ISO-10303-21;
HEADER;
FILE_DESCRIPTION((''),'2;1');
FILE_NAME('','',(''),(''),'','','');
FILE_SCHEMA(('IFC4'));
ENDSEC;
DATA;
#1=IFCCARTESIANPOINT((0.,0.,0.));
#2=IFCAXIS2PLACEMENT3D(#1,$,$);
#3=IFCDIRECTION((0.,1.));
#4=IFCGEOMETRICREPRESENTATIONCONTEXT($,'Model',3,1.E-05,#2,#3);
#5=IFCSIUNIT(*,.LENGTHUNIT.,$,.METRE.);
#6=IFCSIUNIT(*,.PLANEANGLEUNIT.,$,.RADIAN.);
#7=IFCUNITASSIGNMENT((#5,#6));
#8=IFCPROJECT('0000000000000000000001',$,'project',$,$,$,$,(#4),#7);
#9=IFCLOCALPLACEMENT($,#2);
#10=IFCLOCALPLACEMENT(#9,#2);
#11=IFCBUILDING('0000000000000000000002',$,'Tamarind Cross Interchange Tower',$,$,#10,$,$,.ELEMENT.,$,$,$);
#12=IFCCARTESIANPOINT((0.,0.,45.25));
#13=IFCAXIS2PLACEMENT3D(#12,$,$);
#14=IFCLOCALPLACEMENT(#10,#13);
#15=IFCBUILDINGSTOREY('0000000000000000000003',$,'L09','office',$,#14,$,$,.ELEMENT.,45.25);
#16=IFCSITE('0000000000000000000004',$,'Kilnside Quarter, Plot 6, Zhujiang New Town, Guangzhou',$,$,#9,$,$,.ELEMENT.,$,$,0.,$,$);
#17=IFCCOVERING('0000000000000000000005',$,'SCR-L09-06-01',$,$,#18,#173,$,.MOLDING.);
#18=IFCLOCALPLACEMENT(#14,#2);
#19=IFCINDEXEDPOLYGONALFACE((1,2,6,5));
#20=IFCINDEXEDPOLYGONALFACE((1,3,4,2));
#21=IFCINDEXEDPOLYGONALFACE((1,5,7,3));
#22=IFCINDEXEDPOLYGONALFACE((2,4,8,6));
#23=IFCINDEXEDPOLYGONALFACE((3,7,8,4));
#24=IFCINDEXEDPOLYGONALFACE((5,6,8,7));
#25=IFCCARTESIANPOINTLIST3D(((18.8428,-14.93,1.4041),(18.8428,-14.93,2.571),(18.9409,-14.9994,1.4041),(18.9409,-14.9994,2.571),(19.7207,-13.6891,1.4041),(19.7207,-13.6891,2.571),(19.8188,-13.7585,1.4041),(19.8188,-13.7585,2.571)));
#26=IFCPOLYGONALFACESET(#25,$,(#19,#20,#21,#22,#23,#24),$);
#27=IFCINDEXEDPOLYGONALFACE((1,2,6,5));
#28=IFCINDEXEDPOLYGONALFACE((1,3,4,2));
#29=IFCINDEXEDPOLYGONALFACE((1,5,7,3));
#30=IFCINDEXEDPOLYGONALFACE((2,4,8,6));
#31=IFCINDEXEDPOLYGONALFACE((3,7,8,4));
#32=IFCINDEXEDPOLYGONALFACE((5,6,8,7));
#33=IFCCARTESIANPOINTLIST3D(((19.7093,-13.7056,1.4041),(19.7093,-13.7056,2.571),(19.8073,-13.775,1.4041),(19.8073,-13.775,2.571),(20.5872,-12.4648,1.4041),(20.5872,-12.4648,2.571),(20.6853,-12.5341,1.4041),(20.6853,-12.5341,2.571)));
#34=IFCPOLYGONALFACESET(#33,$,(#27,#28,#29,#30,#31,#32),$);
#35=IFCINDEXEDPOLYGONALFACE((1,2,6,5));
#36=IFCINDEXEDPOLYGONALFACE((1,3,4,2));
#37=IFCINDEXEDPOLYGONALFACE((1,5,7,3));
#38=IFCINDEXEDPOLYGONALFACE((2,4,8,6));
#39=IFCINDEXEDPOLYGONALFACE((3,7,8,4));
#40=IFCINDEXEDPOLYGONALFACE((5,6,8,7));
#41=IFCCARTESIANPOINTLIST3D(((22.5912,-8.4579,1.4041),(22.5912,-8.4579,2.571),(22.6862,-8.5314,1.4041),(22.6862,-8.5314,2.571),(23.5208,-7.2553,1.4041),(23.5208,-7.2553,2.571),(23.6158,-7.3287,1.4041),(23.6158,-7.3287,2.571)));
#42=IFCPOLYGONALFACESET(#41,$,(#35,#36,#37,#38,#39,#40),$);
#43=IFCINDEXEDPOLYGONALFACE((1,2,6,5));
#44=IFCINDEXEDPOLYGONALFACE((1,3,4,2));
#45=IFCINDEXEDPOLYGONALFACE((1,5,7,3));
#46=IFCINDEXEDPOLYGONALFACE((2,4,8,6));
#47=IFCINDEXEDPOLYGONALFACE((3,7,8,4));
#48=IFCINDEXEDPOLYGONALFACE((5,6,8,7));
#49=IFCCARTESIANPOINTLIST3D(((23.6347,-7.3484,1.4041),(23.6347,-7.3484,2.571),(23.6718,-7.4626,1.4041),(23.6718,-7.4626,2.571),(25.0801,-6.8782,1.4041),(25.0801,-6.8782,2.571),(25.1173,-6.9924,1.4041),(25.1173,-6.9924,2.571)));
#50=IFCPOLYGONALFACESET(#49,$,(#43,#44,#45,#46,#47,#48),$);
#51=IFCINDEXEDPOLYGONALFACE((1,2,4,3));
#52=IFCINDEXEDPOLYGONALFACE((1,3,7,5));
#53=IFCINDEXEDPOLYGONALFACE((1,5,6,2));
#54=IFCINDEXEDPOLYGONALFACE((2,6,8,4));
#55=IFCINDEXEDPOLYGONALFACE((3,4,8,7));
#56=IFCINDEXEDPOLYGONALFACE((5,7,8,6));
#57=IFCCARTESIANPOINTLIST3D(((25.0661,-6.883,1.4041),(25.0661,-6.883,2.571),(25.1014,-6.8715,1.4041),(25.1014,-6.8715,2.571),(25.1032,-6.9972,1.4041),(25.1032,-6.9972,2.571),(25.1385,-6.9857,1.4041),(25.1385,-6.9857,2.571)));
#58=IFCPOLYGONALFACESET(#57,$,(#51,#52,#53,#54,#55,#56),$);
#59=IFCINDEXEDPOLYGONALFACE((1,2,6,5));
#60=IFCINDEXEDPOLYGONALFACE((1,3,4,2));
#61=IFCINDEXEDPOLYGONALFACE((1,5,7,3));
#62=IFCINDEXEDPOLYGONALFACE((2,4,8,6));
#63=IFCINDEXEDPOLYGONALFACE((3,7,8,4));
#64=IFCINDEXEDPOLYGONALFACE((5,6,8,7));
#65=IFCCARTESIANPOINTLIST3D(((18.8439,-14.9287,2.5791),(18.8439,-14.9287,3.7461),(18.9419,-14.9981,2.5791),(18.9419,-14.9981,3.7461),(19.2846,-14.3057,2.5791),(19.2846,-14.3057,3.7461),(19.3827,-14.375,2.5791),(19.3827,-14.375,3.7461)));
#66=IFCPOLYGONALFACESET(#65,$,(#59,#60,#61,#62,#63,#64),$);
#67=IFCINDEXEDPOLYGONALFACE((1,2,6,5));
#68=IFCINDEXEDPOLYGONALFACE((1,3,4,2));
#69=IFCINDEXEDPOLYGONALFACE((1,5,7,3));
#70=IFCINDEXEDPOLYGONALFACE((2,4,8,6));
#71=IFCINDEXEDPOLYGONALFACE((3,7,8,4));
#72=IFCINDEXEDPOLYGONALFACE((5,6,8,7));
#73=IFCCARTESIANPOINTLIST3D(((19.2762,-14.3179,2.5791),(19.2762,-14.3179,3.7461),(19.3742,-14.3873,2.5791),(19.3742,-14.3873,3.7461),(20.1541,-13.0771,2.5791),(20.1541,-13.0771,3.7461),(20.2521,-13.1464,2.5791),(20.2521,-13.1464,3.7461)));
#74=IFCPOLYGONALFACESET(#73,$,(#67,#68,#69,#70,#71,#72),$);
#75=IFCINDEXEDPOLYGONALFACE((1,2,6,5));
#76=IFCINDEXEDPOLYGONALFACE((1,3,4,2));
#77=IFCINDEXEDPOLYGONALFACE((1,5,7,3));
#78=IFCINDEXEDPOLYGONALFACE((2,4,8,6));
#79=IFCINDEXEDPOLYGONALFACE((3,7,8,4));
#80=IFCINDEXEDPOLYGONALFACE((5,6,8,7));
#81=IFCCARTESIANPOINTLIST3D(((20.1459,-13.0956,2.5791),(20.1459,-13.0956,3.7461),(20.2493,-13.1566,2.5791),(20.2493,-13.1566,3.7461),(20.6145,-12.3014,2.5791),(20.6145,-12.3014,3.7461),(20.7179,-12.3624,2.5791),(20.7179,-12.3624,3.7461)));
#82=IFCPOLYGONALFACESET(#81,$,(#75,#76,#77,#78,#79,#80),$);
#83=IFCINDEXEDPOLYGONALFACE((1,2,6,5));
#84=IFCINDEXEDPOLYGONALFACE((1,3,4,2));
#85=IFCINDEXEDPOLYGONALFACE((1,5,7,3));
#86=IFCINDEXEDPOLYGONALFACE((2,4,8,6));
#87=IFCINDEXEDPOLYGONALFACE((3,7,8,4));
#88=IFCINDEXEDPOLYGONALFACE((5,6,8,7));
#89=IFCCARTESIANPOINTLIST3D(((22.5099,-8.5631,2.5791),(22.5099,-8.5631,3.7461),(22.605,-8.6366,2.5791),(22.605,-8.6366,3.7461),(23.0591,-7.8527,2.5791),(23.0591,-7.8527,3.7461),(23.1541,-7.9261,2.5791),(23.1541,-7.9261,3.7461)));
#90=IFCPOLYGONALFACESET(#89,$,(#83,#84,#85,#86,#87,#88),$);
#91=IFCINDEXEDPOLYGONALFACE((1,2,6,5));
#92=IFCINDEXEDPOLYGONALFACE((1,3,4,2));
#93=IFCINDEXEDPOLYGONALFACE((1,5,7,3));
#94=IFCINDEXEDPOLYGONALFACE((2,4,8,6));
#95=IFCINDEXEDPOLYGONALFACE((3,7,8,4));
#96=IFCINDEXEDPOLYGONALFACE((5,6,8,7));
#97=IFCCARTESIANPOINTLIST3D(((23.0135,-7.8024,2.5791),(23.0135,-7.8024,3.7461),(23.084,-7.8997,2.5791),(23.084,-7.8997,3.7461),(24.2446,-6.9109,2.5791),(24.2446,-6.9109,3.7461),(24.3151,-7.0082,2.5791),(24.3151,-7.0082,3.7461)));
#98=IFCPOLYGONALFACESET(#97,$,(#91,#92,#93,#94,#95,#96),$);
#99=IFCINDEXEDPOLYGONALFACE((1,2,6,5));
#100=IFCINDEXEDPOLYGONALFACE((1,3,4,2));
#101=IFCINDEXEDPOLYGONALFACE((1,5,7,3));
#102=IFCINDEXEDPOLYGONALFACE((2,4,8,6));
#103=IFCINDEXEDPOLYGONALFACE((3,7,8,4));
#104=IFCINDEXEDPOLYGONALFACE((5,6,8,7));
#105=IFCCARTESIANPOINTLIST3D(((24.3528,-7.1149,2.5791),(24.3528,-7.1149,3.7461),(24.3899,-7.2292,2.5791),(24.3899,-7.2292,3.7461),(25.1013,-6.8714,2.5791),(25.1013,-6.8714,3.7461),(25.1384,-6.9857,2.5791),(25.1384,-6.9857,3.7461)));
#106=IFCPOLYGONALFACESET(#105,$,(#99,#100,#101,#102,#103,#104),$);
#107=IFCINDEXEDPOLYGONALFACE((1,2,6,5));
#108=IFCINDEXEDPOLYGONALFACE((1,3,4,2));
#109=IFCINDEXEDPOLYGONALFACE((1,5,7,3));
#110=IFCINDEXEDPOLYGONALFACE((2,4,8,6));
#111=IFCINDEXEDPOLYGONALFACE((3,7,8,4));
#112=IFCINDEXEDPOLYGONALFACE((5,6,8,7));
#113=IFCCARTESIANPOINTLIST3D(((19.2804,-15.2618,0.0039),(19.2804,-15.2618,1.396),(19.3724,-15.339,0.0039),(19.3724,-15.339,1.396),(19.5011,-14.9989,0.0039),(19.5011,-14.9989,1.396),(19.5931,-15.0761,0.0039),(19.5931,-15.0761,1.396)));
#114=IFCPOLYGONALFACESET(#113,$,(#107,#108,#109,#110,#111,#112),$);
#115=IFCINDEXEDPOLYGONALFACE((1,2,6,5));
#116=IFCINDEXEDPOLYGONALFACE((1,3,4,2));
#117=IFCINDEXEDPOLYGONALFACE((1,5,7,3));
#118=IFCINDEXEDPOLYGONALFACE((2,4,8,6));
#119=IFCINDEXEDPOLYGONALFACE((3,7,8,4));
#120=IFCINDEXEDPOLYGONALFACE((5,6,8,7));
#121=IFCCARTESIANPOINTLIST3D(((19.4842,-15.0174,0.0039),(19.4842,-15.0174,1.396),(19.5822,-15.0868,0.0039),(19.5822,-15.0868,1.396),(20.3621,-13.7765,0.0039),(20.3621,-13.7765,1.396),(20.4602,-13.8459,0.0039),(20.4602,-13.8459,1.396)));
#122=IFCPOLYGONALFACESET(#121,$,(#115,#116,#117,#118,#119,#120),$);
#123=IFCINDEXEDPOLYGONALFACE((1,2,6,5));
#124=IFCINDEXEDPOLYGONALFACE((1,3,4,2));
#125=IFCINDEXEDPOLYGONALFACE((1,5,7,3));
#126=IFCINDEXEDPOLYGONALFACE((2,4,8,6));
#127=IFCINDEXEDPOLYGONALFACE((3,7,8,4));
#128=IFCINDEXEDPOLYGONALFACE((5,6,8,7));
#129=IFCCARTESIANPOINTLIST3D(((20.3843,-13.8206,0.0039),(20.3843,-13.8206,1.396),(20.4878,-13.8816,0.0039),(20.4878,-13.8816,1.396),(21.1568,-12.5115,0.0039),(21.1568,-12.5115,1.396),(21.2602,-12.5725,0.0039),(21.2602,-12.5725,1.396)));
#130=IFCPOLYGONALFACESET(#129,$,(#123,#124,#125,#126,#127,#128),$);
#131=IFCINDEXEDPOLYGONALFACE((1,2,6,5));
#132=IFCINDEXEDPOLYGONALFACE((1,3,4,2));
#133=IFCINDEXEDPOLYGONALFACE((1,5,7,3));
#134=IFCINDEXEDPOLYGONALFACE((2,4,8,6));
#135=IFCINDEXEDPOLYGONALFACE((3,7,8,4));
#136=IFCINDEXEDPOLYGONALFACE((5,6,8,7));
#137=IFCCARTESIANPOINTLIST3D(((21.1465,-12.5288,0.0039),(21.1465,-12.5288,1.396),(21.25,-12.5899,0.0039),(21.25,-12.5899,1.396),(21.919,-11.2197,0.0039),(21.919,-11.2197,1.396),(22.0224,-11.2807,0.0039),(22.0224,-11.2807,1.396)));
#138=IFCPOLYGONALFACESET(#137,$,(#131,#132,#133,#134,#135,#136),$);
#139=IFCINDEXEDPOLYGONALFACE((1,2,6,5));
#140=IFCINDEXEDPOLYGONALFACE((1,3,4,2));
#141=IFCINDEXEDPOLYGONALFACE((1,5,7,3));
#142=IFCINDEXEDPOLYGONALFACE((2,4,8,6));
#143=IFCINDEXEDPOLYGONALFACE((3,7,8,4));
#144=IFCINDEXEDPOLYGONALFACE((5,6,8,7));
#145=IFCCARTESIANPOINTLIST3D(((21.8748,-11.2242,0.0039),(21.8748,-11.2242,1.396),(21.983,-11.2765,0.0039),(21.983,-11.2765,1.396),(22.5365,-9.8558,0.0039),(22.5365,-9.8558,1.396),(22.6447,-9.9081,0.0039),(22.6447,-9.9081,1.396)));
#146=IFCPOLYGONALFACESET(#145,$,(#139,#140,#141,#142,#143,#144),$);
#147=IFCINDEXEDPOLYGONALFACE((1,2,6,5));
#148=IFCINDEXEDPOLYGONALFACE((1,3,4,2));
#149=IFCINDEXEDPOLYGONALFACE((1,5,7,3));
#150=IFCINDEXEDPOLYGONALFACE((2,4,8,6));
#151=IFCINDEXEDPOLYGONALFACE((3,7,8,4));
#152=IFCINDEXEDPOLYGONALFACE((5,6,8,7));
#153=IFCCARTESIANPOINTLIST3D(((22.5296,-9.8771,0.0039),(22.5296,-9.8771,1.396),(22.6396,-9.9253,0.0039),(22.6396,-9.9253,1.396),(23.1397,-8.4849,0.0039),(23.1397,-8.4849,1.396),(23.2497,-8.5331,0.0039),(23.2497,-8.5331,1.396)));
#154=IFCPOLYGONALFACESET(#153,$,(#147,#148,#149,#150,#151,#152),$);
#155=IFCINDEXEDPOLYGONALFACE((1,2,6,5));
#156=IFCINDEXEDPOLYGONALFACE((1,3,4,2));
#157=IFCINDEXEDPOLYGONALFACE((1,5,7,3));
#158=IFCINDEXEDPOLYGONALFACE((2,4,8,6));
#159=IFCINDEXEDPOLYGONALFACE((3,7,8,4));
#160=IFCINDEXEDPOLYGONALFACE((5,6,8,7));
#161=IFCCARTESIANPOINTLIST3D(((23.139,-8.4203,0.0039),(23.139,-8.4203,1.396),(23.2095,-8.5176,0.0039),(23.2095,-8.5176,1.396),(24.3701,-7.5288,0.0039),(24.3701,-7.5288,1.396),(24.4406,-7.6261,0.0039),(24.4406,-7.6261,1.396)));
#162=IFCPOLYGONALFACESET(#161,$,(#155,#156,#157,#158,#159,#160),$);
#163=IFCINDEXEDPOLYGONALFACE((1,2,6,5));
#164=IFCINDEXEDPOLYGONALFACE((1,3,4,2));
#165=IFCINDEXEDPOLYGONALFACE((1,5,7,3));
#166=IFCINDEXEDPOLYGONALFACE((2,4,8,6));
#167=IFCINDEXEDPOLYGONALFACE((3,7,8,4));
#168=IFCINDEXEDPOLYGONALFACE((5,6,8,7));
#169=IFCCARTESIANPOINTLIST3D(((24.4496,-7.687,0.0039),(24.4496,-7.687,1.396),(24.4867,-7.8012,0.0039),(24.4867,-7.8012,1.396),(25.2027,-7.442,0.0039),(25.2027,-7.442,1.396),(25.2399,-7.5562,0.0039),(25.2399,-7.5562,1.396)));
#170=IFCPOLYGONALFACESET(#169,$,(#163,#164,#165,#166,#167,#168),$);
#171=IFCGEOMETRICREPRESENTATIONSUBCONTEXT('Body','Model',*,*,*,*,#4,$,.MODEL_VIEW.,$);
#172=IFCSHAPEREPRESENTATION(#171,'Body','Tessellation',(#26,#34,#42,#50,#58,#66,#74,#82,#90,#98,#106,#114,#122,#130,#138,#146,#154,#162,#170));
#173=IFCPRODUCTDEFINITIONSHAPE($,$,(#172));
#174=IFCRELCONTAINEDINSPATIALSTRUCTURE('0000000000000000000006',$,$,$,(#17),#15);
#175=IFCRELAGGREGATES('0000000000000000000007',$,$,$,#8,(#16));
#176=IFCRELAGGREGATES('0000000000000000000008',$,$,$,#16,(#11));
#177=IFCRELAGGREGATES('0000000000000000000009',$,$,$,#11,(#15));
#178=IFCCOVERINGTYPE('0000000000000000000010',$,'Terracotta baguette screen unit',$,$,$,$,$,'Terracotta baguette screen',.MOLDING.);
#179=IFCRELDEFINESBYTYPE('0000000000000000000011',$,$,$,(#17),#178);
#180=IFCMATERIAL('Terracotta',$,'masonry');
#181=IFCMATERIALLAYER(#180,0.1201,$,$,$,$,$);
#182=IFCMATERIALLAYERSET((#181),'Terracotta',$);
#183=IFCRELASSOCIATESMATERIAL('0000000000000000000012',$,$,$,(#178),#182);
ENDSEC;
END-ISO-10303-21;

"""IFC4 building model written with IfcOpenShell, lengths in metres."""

from ifc_helpers import new_model, si_unit, direction, frame, origin, origin_2d, place, context, subcontext, project, spatial, rectangle, extrude, material, layer, layer_set, type_object, element, save


model = new_model("IFC4")

# Units and contexts
model_context = context("Model", 3, precision=1e-05, world=origin(), true_north=direction((0.0, 1.0)))
body_context = subcontext(model_context, "Body", "Model", "MODEL_VIEW")
ifc_project = project(units=[si_unit("LENGTHUNIT", "METRE"), si_unit("PLANEANGLEUNIT", "RADIAN")], contexts=[model_context])

# Site, building, storey
site_placement = place(None, origin())
site = spatial("IfcSite", under=ifc_project, at=site_placement, Name="Kilnside Quarter, Plot 6, Zhujiang New Town, Guangzhou", CompositionType="ELEMENT", RefElevation=0.0)
building_placement = place(site_placement, origin())
building = spatial("IfcBuilding", under=site, at=building_placement, Name="Tamarind Cross Interchange Tower", CompositionType="ELEMENT")
storey_placement = place(building_placement, frame((0.0, 0.0, 45.25)))
storey = spatial("IfcBuildingStorey", under=building, at=storey_placement, Name="L09", Description="office", CompositionType="ELEMENT", Elevation=45.25)

# Covering
ifc_material_1 = material(Name="Terracotta", Category="masonry")
ifc_layer_1 = layer(ifc_material_1, 0.1201)
ifc_layer_set_1 = layer_set([ifc_layer_1], Name="Terracotta")
covering_type = type_object("IfcCoveringType", Name="Terracotta baguette screen unit", ElementType="Terracotta baguette screen", PredefinedType="MOLDING", material=ifc_layer_set_1)
covering_1_placement = place(storey_placement, origin())
element("IfcCovering", 1, at=covering_1_placement, inside=storey, type_object=covering_type, Name="SCR-L09-06-01", PredefinedType="MOLDING", context=body_context, shape_type="SweptSolid", body=[
    extrude(rectangle(XDim=1.52, YDim=0.1201, at=origin_2d()), frame((19.3308, -14.3442, 1.4041), z_axis=(0.0, 0.0, 1.0), x_axis=(0.577569, 0.816342, 0.0)), (0.0, 0.0, 1.0), 1.167),
    extrude(rectangle(XDim=1.52, YDim=0.1201, at=origin_2d()), frame((20.1973, -13.1199, 1.4041), z_axis=(0.0, 0.0, 1.0), x_axis=(0.577569, 0.816342, 0.0)), (0.0, 0.0, 1.0), 1.167),
    extrude(rectangle(XDim=1.52, YDim=0.1201, at=origin_2d()), frame((23.1035, -7.8933, 1.4041), z_axis=(0.0, 0.0, 1.0), x_axis=(0.611572, 0.791189, 0.0)), (0.0, 0.0, 1.0), 1.167),
    extrude(rectangle(XDim=1.52, YDim=0.1201, at=origin_2d()), frame((24.376, -7.1704, 1.4041), z_axis=(0.0, 0.0, 1.0), x_axis=(0.950945, 0.309361, 0.0)), (0.0, 0.0, 1.0), 1.167),
    extrude(rectangle(XDim=0.0371, YDim=0.1201, at=origin_2d()), frame((25.1023, -6.9343, 1.4041), z_axis=(0.0, 0.0, 1.0), x_axis=(0.950945, 0.309361, 0.0)), (0.0, 0.0, 1.0), 1.167),
    extrude(rectangle(XDim=0.7632, YDim=0.1201, at=origin_2d()), frame((19.1133, -14.6519, 2.5791), z_axis=(0.0, 0.0, 1.0), x_axis=(0.577569, 0.816342, 0.0)), (0.0, 0.0, 1.0), 1.167),
    extrude(rectangle(XDim=1.52, YDim=0.1201, at=origin_2d()), frame((19.7642, -13.7322, 2.5791), z_axis=(0.0, 0.0, 1.0), x_axis=(0.577569, 0.816342, 0.0)), (0.0, 0.0, 1.0), 1.167),
    extrude(rectangle(XDim=0.9221, YDim=0.1201, at=origin_2d()), frame((20.4319, -12.729, 2.5791), z_axis=(0.0, 0.0, 1.0), x_axis=(0.508183, 0.861249, 0.0)), (0.0, 0.0, 1.0), 1.167),
    extrude(rectangle(XDim=0.8979, YDim=0.1201, at=origin_2d()), frame((22.832, -8.2446, 2.5791), z_axis=(0.0, 0.0, 1.0), x_axis=(0.611572, 0.791189, 0.0)), (0.0, 0.0, 1.0), 1.167),
    extrude(rectangle(XDim=1.52, YDim=0.1201, at=origin_2d()), frame((23.6643, -7.4053, 2.5791), z_axis=(0.0, 0.0, 1.0), x_axis=(0.809946, 0.586504, 0.0)), (0.0, 0.0, 1.0), 1.167),
    extrude(rectangle(XDim=0.7871, YDim=0.1201, at=origin_2d()), frame((24.7456, -7.0503, 2.5791), z_axis=(0.0, 0.0, 1.0), x_axis=(0.950945, 0.309361, 0.0)), (0.0, 0.0, 1.0), 1.167),
    extrude(rectangle(XDim=0.3433, YDim=0.1201, at=origin_2d()), frame((19.4368, -15.1689, 0.0039), z_axis=(0.0, 0.0, 1.0), x_axis=(0.643009, 0.765858, 0.0)), (0.0, 0.0, 1.0), 1.3921),
    extrude(rectangle(XDim=1.52, YDim=0.1201, at=origin_2d()), frame((19.9722, -14.4316, 0.0039), z_axis=(0.0, 0.0, 1.0), x_axis=(0.577569, 0.816342, 0.0)), (0.0, 0.0, 1.0), 1.3921),
    extrude(rectangle(XDim=1.52, YDim=0.1201, at=origin_2d()), frame((20.8223, -13.1965, 0.0039), z_axis=(0.0, 0.0, 1.0), x_axis=(0.508183, 0.861249, 0.0)), (0.0, 0.0, 1.0), 1.3921),
    extrude(rectangle(XDim=1.52, YDim=0.1201, at=origin_2d()), frame((21.5845, -11.9048, 0.0039), z_axis=(0.0, 0.0, 1.0), x_axis=(0.508183, 0.861249, 0.0)), (0.0, 0.0, 1.0), 1.3921),
    extrude(rectangle(XDim=1.52, YDim=0.1201, at=origin_2d()), frame((22.2598, -10.5662, 0.0039), z_axis=(0.0, 0.0, 1.0), x_axis=(0.435326, 0.900273, 0.0)), (0.0, 0.0, 1.0), 1.3921),
    extrude(rectangle(XDim=1.52, YDim=0.1201, at=origin_2d()), frame((22.8896, -9.2051, 0.0039), z_axis=(0.0, 0.0, 1.0), x_axis=(0.401346, 0.915926, 0.0)), (0.0, 0.0, 1.0), 1.3921),
    extrude(rectangle(XDim=1.52, YDim=0.1201, at=origin_2d()), frame((23.7898, -8.0232, 0.0039), z_axis=(0.0, 0.0, 1.0), x_axis=(0.809946, 0.586504, 0.0)), (0.0, 0.0, 1.0), 1.3921),
    extrude(rectangle(XDim=0.792, YDim=0.1201, at=origin_2d()), frame((24.8447, -7.6216, 0.0039), z_axis=(0.0, 0.0, 1.0), x_axis=(0.950945, 0.309361, 0.0)), (0.0, 0.0, 1.0), 1.3921),
])

save(model, "model.ifc")
